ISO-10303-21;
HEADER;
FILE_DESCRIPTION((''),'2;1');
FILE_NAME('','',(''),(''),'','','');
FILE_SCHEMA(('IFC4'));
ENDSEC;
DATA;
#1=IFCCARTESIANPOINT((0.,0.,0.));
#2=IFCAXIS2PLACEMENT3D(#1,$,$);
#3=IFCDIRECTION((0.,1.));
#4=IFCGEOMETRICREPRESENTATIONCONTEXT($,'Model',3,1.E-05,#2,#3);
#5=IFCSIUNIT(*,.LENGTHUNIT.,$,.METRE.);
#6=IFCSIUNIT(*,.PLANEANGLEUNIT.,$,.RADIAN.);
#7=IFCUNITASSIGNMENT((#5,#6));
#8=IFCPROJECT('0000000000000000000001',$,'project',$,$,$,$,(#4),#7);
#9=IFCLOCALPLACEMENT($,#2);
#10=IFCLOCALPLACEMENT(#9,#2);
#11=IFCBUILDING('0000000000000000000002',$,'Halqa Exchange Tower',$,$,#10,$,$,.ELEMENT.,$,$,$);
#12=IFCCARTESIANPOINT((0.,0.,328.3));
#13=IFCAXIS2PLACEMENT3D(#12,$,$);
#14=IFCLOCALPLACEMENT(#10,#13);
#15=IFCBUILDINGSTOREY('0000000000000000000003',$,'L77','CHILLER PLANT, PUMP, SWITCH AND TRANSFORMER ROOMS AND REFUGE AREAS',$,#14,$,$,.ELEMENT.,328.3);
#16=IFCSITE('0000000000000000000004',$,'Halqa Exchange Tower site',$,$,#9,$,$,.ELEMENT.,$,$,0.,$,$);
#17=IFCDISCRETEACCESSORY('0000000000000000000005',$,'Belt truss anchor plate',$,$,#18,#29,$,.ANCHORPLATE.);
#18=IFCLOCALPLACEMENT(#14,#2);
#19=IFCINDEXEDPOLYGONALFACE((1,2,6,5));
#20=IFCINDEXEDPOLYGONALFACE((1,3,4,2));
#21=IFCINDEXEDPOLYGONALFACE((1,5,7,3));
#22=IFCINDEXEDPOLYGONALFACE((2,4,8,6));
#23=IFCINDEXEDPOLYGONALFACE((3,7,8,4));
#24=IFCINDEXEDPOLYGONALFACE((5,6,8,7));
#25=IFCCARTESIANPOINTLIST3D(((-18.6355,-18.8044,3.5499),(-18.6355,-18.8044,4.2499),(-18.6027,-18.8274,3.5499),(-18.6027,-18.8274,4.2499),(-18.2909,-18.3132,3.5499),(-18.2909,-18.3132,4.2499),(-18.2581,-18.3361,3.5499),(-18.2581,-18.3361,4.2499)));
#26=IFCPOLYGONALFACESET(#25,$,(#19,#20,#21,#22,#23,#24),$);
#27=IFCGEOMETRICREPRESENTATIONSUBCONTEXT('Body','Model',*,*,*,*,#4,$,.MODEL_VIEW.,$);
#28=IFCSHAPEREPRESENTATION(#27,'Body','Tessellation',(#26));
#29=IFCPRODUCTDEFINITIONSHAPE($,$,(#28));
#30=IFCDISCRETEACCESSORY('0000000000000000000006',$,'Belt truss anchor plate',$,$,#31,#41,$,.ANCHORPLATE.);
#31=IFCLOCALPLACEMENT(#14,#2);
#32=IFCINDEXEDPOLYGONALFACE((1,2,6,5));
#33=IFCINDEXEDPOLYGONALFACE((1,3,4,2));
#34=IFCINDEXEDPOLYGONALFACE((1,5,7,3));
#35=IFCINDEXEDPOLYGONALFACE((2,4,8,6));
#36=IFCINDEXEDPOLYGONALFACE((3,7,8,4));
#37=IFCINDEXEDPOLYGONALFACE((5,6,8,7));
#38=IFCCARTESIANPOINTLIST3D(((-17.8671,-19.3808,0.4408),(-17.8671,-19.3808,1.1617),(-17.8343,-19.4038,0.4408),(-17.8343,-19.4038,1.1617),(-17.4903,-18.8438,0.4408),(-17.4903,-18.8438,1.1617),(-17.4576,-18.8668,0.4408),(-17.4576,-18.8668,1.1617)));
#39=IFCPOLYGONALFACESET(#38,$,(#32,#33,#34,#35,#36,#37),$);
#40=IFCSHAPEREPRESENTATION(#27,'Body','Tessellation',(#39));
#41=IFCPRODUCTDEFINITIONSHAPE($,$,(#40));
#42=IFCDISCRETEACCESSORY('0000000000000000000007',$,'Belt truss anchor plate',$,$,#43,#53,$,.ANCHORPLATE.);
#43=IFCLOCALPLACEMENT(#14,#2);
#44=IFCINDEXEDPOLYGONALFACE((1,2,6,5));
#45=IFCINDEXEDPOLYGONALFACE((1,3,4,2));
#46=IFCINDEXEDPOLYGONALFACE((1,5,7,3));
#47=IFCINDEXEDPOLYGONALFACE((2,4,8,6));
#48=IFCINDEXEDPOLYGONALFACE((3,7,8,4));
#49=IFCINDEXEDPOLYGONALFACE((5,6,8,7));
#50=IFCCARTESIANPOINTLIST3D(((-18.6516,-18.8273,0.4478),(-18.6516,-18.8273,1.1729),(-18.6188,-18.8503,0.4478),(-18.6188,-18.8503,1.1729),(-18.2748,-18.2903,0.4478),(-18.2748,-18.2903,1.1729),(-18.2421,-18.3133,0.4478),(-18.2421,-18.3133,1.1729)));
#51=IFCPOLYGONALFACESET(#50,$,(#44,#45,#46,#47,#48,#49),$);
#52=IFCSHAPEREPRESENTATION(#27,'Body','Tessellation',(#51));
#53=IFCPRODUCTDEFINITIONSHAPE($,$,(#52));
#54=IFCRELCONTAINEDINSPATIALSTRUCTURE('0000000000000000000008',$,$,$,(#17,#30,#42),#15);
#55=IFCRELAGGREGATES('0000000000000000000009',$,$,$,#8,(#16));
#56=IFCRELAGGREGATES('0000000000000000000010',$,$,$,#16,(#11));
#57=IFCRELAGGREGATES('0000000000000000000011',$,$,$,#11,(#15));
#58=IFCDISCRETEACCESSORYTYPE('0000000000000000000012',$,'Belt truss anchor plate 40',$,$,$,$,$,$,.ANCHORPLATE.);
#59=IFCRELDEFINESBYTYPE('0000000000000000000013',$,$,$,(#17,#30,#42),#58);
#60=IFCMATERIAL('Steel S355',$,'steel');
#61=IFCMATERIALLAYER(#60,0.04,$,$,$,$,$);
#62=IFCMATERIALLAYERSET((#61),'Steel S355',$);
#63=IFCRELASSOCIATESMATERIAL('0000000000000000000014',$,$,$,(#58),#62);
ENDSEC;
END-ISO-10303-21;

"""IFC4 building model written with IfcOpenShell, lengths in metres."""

from ifc_helpers import new_model, si_unit, direction, frame, origin, origin_2d, place, context, subcontext, project, spatial, rectangle, extrude, material, layer, layer_set, type_object, element, save


model = new_model("IFC4")

# Units and contexts
model_context = context("Model", 3, precision=1e-05, world=origin(), true_north=direction((0.0, 1.0)))
body_context = subcontext(model_context, "Body", "Model", "MODEL_VIEW")
ifc_project = project(units=[si_unit("LENGTHUNIT", "METRE"), si_unit("PLANEANGLEUNIT", "RADIAN")], contexts=[model_context])

# Site, building, storey
site_placement = place(None, origin())
site = spatial("IfcSite", under=ifc_project, at=site_placement, Name="Halqa Exchange Tower site", CompositionType="ELEMENT", RefElevation=0.0)
building_placement = place(site_placement, origin())
building = spatial("IfcBuilding", under=site, at=building_placement, Name="Halqa Exchange Tower", CompositionType="ELEMENT")
storey_placement = place(building_placement, frame((0.0, 0.0, 328.3)))
storey = spatial("IfcBuildingStorey", under=building, at=storey_placement, Name="L77", Description="CHILLER PLANT, PUMP, SWITCH AND TRANSFORMER ROOMS AND REFUGE AREAS", CompositionType="ELEMENT", Elevation=328.3)

# Shared definitions
ifc_material_1 = material(Name="Steel S355", Category="steel")

# Discrete accessories
ifc_layer_1 = layer(ifc_material_1, 0.04)
ifc_layer_set_1 = layer_set([ifc_layer_1], Name="Steel S355")
discrete_accessory_type = type_object("IfcDiscreteAccessoryType", Name="Belt truss anchor plate 40", PredefinedType="ANCHORPLATE", material=ifc_layer_set_1)
for number, where, z_axis, x_axis, name in (
    (1, (-18.4304, -18.5818, 3.8999), (-0.818657, 0.574282, 0.0), (-0.574282, -0.818657, 0.0), "Belt truss anchor plate"),
):
    element("IfcDiscreteAccessory", number, at=place(storey_placement, frame(where, z_axis=z_axis, x_axis=x_axis)), inside=storey, type_object=discrete_accessory_type, Name=name, PredefinedType="ANCHORPLATE", context=body_context, shape_type="SweptSolid", body=[
        extrude(rectangle(XDim=0.6001, YDim=0.7, at=origin_2d()), origin(), (0.0, 0.0, 1.0), 0.04),
    ])
discrete_accessory_1_placement = place(storey_placement, frame((-17.6787, -19.1123, 0.8013), z_axis=(0.818657, -0.574282, 0.0), x_axis=(0.574282, 0.818657, 0.0)))
element("IfcDiscreteAccessory", 2, at=discrete_accessory_1_placement, inside=storey, type_object=discrete_accessory_type, Name="Belt truss anchor plate", PredefinedType="ANCHORPLATE", context=body_context, shape_type="SweptSolid", body=[
    extrude(rectangle(XDim=0.656, YDim=0.7209, at=origin_2d()), origin(), (0.0, 0.0, 1.0), 0.04),
])
discrete_accessory_2_placement = place(storey_placement, frame((-18.4304, -18.5818, 0.8103), z_axis=(-0.818657, 0.574282, 0.0), x_axis=(-0.574282, -0.818657, 0.0)))
element("IfcDiscreteAccessory", 3, at=discrete_accessory_2_placement, inside=storey, type_object=discrete_accessory_type, Name="Belt truss anchor plate", PredefinedType="ANCHORPLATE", context=body_context, shape_type="SweptSolid", body=[
    extrude(rectangle(XDim=0.656, YDim=0.7251, at=origin_2d()), origin(), (0.0, 0.0, 1.0), 0.04),
])

save(model, "model.ifc")
